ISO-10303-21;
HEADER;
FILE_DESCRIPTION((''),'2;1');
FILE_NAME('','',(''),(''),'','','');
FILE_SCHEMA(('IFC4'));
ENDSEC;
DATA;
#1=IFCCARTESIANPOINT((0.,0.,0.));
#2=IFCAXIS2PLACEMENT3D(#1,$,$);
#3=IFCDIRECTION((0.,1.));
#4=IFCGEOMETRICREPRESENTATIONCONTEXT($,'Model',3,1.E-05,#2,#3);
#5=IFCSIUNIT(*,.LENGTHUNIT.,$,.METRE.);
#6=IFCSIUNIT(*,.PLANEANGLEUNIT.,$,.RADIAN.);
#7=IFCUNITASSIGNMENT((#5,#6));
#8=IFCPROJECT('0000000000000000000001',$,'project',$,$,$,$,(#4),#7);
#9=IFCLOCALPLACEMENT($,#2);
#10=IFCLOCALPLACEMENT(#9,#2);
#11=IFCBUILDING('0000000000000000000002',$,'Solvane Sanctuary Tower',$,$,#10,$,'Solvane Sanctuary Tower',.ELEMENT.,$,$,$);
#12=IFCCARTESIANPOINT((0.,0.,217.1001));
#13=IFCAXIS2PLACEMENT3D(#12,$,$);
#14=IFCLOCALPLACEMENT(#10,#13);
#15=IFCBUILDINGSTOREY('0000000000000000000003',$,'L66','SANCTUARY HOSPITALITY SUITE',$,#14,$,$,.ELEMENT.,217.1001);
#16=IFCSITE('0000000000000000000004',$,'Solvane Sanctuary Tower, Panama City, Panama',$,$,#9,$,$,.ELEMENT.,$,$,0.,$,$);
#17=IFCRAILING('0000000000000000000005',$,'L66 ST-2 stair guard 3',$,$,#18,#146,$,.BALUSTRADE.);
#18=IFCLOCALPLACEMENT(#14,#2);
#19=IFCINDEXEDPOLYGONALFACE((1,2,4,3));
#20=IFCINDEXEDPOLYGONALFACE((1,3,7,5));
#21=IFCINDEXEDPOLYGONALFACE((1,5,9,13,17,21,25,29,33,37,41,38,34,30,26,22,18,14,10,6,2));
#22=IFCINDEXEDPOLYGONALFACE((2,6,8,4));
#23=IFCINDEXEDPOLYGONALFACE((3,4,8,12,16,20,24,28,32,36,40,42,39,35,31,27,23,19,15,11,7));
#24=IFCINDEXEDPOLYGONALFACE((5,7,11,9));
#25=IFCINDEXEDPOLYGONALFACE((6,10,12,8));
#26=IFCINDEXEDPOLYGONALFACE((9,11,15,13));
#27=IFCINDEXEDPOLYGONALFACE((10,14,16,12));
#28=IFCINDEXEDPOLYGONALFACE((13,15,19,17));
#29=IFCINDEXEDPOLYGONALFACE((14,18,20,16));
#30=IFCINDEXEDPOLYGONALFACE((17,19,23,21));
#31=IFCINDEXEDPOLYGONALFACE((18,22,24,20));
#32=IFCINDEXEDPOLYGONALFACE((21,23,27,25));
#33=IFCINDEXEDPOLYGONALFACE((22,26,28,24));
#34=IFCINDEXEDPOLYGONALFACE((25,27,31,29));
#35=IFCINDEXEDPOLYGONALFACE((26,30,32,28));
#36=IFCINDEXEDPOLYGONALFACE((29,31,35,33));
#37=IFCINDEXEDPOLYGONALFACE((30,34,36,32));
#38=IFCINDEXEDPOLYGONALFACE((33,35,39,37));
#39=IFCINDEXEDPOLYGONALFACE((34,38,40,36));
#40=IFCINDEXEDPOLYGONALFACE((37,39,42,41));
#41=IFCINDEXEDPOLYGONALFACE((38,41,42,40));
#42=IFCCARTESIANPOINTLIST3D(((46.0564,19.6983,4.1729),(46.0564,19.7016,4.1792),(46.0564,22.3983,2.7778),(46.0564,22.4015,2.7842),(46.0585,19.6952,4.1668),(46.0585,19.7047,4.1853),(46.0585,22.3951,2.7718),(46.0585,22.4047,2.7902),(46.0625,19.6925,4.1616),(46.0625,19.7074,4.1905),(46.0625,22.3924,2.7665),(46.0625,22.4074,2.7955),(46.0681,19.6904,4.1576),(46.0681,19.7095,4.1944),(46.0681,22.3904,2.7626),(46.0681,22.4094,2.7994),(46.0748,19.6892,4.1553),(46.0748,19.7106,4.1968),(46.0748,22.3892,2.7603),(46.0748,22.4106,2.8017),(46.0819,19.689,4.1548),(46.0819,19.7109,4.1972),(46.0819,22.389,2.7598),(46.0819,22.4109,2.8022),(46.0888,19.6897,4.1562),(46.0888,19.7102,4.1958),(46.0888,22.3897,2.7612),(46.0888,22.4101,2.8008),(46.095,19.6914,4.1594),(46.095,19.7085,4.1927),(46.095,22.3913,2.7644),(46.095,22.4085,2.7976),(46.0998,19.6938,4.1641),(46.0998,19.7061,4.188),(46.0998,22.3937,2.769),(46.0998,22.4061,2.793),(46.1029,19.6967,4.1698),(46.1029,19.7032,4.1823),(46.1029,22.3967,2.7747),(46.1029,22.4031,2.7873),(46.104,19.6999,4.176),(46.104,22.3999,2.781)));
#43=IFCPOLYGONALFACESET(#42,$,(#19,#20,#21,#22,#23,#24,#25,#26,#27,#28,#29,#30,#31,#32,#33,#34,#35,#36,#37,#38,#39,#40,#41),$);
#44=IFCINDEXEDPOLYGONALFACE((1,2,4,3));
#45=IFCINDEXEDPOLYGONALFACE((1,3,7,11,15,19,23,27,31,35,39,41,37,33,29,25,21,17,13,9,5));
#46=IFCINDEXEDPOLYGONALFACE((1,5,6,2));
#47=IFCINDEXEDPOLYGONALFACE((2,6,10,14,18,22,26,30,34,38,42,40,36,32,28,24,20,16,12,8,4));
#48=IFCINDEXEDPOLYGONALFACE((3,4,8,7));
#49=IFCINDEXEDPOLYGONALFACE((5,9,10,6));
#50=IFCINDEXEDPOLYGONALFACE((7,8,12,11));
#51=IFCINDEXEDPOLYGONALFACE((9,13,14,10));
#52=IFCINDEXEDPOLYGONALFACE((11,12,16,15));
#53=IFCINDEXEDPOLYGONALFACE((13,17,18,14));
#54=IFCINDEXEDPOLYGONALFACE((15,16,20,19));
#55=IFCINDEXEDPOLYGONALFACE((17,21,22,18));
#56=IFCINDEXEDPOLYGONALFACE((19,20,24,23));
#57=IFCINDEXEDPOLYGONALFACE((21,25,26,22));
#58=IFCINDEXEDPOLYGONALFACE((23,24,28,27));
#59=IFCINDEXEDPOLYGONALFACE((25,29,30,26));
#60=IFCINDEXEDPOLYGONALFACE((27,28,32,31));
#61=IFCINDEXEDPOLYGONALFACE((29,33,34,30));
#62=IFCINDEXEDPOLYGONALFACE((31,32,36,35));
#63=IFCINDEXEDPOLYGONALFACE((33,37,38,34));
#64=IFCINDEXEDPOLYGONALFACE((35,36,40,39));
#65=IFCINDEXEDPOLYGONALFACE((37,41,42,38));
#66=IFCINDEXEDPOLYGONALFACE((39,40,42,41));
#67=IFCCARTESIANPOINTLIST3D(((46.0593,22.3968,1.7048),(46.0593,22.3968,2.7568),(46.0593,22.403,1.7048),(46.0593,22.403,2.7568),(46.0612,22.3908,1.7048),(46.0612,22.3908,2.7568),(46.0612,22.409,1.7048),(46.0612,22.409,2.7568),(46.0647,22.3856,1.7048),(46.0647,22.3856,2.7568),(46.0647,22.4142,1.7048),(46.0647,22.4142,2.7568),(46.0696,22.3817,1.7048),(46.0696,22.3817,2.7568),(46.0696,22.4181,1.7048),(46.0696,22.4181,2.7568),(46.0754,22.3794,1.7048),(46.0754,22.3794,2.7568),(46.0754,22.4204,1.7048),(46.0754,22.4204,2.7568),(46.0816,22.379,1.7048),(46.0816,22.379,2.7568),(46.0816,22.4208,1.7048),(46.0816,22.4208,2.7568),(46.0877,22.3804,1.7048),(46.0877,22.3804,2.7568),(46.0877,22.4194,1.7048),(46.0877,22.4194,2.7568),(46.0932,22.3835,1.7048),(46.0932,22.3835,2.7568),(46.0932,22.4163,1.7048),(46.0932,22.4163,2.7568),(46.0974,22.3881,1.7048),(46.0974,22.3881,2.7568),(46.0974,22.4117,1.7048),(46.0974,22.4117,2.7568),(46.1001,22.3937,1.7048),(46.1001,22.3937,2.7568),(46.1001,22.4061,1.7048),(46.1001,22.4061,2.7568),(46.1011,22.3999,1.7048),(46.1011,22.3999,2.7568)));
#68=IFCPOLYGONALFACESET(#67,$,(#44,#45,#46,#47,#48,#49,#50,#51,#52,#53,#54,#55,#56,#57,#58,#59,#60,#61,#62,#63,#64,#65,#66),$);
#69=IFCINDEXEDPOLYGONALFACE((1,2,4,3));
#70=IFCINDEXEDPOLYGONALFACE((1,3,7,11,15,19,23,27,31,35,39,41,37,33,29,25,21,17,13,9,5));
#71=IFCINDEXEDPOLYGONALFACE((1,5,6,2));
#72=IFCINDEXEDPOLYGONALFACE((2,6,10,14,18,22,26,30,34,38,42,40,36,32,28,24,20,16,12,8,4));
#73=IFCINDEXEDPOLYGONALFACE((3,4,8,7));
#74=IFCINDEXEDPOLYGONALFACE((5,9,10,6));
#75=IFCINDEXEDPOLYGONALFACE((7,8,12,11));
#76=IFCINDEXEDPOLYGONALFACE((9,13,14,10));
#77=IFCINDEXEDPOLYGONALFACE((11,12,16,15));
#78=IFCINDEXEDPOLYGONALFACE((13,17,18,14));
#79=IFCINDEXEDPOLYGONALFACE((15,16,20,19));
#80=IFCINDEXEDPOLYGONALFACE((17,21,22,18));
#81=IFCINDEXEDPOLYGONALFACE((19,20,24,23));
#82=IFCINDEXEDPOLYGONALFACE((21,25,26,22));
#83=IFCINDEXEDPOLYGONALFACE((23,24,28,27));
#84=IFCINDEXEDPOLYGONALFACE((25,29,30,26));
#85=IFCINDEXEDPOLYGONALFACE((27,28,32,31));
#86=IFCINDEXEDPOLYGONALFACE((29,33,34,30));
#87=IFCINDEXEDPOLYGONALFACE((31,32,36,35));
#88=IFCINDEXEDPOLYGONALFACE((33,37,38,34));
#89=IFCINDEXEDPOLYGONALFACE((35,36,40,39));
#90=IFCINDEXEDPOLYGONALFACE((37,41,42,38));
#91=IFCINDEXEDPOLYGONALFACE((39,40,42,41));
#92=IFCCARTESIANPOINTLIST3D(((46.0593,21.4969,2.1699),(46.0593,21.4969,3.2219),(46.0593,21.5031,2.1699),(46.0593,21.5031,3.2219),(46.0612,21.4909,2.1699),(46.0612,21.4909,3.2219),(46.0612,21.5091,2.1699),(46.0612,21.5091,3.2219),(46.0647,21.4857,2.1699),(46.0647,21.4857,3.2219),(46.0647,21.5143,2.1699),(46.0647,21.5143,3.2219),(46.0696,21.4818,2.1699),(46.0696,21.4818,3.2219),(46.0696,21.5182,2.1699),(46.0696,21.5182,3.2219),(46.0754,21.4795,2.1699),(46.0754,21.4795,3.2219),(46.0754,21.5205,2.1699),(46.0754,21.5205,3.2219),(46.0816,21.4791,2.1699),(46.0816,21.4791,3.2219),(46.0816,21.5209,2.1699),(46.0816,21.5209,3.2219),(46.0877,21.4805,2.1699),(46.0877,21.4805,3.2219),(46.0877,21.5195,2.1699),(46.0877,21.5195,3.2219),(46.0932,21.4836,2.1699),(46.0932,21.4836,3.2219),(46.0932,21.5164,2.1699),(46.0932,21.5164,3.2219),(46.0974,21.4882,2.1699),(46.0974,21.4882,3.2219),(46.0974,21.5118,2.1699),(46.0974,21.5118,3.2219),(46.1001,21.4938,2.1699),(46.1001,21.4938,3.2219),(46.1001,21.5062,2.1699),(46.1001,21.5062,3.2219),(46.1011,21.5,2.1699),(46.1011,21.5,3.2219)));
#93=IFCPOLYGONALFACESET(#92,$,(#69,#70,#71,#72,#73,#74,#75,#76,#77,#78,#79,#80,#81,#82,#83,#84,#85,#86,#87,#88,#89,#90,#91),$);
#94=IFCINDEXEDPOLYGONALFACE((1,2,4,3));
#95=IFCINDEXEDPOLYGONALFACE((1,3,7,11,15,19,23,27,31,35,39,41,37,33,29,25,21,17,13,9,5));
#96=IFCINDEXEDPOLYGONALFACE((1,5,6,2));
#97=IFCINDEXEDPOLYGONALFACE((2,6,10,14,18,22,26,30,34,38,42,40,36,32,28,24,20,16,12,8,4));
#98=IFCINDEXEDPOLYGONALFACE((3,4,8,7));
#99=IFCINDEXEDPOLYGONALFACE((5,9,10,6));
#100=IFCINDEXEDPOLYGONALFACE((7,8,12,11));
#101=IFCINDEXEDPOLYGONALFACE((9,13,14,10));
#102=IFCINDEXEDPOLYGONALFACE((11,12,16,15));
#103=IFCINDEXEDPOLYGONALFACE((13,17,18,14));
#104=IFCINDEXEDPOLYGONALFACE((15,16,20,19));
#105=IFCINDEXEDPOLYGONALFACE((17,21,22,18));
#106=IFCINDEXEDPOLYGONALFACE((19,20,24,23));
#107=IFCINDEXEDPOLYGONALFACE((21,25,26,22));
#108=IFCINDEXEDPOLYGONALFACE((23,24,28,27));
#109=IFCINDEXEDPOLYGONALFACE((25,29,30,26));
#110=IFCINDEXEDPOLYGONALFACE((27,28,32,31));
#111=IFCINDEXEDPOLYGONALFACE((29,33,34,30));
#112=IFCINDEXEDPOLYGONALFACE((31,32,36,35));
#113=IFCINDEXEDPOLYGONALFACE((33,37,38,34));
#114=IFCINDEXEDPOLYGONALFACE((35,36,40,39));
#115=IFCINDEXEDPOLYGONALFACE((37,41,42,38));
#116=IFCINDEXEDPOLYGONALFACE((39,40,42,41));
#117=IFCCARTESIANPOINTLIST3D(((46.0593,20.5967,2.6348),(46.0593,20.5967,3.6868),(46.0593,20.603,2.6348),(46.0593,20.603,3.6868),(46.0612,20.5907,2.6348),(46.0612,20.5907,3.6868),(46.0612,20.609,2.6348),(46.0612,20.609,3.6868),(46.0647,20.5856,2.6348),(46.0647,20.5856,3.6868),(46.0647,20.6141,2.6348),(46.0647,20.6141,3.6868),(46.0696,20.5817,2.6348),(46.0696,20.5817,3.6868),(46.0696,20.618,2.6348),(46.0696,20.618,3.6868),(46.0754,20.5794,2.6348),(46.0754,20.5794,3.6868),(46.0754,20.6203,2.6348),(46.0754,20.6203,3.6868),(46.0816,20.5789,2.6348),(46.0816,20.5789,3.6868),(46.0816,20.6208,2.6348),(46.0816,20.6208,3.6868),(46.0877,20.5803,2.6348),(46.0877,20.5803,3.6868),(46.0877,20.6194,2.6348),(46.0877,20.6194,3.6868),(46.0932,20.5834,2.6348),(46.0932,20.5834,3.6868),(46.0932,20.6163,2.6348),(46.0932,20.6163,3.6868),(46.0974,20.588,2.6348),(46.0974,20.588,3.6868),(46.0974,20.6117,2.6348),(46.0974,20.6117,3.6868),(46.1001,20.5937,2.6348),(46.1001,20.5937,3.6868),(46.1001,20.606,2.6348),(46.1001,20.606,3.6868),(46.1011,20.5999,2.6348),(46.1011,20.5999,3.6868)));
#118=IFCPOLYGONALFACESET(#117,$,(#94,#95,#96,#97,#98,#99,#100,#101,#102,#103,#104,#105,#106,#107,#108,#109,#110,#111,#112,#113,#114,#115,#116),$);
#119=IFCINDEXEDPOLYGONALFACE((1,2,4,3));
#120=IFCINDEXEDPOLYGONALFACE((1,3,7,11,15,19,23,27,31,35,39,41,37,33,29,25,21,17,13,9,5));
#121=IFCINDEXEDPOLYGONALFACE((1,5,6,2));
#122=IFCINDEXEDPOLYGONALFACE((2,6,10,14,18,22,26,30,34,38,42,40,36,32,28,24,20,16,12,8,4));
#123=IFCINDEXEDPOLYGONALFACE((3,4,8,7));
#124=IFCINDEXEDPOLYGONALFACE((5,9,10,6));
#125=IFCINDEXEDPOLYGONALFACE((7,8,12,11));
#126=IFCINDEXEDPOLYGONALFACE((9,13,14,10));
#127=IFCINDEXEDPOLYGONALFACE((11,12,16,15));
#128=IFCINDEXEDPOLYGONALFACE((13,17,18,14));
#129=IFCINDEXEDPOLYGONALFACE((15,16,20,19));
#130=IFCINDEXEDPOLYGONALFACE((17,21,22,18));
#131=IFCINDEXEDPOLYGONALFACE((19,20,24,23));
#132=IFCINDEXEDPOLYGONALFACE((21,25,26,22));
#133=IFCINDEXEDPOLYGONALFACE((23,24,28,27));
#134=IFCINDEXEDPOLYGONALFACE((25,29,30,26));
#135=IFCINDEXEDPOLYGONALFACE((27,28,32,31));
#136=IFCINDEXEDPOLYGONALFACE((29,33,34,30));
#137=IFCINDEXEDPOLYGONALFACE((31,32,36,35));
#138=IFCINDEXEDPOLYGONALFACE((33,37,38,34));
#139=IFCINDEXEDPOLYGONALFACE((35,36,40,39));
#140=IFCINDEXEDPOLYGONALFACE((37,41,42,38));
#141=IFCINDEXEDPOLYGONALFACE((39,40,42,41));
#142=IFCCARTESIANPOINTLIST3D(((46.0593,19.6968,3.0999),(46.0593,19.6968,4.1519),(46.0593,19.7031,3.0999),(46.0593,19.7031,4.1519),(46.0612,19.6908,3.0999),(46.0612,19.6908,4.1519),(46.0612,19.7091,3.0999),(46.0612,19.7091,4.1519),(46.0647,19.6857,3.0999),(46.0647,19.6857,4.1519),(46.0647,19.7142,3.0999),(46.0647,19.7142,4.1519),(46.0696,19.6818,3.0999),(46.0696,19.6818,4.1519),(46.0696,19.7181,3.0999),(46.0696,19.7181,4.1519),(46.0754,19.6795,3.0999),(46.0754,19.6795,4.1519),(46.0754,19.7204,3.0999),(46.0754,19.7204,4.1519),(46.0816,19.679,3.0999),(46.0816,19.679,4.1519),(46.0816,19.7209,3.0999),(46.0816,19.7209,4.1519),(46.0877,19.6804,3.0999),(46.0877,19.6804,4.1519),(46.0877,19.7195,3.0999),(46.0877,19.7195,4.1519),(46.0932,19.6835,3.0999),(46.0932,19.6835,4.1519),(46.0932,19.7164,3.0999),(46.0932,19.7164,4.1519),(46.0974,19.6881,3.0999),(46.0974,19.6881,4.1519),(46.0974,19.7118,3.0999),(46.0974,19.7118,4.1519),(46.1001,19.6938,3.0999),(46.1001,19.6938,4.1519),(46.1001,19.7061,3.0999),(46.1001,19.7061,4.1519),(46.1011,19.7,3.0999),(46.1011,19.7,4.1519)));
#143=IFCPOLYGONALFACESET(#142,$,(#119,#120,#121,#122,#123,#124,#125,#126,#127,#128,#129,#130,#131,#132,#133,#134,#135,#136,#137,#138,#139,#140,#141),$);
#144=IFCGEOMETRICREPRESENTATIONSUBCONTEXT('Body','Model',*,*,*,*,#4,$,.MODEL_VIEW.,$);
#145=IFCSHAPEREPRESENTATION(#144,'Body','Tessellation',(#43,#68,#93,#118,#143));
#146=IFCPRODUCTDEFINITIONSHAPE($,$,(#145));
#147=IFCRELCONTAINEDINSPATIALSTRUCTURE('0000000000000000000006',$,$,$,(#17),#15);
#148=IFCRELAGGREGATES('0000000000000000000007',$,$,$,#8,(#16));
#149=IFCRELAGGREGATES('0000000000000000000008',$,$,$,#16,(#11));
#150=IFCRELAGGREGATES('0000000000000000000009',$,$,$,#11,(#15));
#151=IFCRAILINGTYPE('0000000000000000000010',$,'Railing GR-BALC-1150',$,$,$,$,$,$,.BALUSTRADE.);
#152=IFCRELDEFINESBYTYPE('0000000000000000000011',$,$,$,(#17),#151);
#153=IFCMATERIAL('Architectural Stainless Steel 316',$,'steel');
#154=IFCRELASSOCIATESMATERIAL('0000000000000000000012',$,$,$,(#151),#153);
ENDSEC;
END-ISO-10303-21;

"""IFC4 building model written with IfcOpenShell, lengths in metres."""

from ifc_helpers import new_model, si_unit, direction, frame, origin, origin_2d, place, context, subcontext, project, spatial, circle, extrude, material, type_object, element, save


model = new_model("IFC4")

# Units and contexts
model_context = context("Model", 3, precision=1e-05, world=origin(), true_north=direction((0.0, 1.0)))
body_context = subcontext(model_context, "Body", "Model", "MODEL_VIEW")
ifc_project = project(units=[si_unit("LENGTHUNIT", "METRE"), si_unit("PLANEANGLEUNIT", "RADIAN")], contexts=[model_context])

# Site, building, storey
site_placement = place(None, origin())
site = spatial("IfcSite", under=ifc_project, at=site_placement, Name="Solvane Sanctuary Tower, Panama City, Panama", CompositionType="ELEMENT", RefElevation=0.0)
building_placement = place(site_placement, origin())
building = spatial("IfcBuilding", under=site, at=building_placement, Name="Solvane Sanctuary Tower", LongName="Solvane Sanctuary Tower", CompositionType="ELEMENT")
storey_placement = place(building_placement, frame((0.0, 0.0, 217.1001)))
storey = spatial("IfcBuildingStorey", under=building, at=storey_placement, Name="L66", Description="SANCTUARY HOSPITALITY SUITE", CompositionType="ELEMENT", Elevation=217.1001)

# Shared definitions
ifc_material_1 = material(Name="Architectural Stainless Steel 316", Category="steel")

# Railing
railing_type_1 = type_object("IfcRailingType", Name="Railing GR-BALC-1150", PredefinedType="BALUSTRADE", material=ifc_material_1)
railing_1_placement = place(storey_placement, frame((46.0801, 22.3999, 1.7048)))
element("IfcRailing", 1, at=railing_1_placement, inside=storey, type_object=railing_type_1, Name="L66 ST-2 stair guard 3", PredefinedType="BALUSTRADE", context=body_context, shape_type="SweptSolid", body=[
    extrude(circle(Radius=0.0239, at=origin_2d()), frame((0.0, 0.0, 1.0762), z_axis=(0.0, -0.88842, 0.459032), x_axis=(1.0, 0.0, 0.0)), (0.0, 0.0, 1.0), 3.0391),
    extrude(circle(Radius=0.021, at=origin_2d()), origin(), (0.0, 0.0, 1.0), 1.052),
    extrude(circle(Radius=0.021, at=origin_2d()), frame((0.0, -0.8999, 0.4651)), (0.0, 0.0, 1.0), 1.052),
    extrude(circle(Radius=0.021, at=origin_2d()), frame((0.0, -1.8, 0.9299)), (0.0, 0.0, 1.0), 1.052),
    extrude(circle(Radius=0.021, at=origin_2d()), frame((0.0, -2.7, 1.395)), (0.0, 0.0, 1.0), 1.052),
])

save(model, "model.ifc")
